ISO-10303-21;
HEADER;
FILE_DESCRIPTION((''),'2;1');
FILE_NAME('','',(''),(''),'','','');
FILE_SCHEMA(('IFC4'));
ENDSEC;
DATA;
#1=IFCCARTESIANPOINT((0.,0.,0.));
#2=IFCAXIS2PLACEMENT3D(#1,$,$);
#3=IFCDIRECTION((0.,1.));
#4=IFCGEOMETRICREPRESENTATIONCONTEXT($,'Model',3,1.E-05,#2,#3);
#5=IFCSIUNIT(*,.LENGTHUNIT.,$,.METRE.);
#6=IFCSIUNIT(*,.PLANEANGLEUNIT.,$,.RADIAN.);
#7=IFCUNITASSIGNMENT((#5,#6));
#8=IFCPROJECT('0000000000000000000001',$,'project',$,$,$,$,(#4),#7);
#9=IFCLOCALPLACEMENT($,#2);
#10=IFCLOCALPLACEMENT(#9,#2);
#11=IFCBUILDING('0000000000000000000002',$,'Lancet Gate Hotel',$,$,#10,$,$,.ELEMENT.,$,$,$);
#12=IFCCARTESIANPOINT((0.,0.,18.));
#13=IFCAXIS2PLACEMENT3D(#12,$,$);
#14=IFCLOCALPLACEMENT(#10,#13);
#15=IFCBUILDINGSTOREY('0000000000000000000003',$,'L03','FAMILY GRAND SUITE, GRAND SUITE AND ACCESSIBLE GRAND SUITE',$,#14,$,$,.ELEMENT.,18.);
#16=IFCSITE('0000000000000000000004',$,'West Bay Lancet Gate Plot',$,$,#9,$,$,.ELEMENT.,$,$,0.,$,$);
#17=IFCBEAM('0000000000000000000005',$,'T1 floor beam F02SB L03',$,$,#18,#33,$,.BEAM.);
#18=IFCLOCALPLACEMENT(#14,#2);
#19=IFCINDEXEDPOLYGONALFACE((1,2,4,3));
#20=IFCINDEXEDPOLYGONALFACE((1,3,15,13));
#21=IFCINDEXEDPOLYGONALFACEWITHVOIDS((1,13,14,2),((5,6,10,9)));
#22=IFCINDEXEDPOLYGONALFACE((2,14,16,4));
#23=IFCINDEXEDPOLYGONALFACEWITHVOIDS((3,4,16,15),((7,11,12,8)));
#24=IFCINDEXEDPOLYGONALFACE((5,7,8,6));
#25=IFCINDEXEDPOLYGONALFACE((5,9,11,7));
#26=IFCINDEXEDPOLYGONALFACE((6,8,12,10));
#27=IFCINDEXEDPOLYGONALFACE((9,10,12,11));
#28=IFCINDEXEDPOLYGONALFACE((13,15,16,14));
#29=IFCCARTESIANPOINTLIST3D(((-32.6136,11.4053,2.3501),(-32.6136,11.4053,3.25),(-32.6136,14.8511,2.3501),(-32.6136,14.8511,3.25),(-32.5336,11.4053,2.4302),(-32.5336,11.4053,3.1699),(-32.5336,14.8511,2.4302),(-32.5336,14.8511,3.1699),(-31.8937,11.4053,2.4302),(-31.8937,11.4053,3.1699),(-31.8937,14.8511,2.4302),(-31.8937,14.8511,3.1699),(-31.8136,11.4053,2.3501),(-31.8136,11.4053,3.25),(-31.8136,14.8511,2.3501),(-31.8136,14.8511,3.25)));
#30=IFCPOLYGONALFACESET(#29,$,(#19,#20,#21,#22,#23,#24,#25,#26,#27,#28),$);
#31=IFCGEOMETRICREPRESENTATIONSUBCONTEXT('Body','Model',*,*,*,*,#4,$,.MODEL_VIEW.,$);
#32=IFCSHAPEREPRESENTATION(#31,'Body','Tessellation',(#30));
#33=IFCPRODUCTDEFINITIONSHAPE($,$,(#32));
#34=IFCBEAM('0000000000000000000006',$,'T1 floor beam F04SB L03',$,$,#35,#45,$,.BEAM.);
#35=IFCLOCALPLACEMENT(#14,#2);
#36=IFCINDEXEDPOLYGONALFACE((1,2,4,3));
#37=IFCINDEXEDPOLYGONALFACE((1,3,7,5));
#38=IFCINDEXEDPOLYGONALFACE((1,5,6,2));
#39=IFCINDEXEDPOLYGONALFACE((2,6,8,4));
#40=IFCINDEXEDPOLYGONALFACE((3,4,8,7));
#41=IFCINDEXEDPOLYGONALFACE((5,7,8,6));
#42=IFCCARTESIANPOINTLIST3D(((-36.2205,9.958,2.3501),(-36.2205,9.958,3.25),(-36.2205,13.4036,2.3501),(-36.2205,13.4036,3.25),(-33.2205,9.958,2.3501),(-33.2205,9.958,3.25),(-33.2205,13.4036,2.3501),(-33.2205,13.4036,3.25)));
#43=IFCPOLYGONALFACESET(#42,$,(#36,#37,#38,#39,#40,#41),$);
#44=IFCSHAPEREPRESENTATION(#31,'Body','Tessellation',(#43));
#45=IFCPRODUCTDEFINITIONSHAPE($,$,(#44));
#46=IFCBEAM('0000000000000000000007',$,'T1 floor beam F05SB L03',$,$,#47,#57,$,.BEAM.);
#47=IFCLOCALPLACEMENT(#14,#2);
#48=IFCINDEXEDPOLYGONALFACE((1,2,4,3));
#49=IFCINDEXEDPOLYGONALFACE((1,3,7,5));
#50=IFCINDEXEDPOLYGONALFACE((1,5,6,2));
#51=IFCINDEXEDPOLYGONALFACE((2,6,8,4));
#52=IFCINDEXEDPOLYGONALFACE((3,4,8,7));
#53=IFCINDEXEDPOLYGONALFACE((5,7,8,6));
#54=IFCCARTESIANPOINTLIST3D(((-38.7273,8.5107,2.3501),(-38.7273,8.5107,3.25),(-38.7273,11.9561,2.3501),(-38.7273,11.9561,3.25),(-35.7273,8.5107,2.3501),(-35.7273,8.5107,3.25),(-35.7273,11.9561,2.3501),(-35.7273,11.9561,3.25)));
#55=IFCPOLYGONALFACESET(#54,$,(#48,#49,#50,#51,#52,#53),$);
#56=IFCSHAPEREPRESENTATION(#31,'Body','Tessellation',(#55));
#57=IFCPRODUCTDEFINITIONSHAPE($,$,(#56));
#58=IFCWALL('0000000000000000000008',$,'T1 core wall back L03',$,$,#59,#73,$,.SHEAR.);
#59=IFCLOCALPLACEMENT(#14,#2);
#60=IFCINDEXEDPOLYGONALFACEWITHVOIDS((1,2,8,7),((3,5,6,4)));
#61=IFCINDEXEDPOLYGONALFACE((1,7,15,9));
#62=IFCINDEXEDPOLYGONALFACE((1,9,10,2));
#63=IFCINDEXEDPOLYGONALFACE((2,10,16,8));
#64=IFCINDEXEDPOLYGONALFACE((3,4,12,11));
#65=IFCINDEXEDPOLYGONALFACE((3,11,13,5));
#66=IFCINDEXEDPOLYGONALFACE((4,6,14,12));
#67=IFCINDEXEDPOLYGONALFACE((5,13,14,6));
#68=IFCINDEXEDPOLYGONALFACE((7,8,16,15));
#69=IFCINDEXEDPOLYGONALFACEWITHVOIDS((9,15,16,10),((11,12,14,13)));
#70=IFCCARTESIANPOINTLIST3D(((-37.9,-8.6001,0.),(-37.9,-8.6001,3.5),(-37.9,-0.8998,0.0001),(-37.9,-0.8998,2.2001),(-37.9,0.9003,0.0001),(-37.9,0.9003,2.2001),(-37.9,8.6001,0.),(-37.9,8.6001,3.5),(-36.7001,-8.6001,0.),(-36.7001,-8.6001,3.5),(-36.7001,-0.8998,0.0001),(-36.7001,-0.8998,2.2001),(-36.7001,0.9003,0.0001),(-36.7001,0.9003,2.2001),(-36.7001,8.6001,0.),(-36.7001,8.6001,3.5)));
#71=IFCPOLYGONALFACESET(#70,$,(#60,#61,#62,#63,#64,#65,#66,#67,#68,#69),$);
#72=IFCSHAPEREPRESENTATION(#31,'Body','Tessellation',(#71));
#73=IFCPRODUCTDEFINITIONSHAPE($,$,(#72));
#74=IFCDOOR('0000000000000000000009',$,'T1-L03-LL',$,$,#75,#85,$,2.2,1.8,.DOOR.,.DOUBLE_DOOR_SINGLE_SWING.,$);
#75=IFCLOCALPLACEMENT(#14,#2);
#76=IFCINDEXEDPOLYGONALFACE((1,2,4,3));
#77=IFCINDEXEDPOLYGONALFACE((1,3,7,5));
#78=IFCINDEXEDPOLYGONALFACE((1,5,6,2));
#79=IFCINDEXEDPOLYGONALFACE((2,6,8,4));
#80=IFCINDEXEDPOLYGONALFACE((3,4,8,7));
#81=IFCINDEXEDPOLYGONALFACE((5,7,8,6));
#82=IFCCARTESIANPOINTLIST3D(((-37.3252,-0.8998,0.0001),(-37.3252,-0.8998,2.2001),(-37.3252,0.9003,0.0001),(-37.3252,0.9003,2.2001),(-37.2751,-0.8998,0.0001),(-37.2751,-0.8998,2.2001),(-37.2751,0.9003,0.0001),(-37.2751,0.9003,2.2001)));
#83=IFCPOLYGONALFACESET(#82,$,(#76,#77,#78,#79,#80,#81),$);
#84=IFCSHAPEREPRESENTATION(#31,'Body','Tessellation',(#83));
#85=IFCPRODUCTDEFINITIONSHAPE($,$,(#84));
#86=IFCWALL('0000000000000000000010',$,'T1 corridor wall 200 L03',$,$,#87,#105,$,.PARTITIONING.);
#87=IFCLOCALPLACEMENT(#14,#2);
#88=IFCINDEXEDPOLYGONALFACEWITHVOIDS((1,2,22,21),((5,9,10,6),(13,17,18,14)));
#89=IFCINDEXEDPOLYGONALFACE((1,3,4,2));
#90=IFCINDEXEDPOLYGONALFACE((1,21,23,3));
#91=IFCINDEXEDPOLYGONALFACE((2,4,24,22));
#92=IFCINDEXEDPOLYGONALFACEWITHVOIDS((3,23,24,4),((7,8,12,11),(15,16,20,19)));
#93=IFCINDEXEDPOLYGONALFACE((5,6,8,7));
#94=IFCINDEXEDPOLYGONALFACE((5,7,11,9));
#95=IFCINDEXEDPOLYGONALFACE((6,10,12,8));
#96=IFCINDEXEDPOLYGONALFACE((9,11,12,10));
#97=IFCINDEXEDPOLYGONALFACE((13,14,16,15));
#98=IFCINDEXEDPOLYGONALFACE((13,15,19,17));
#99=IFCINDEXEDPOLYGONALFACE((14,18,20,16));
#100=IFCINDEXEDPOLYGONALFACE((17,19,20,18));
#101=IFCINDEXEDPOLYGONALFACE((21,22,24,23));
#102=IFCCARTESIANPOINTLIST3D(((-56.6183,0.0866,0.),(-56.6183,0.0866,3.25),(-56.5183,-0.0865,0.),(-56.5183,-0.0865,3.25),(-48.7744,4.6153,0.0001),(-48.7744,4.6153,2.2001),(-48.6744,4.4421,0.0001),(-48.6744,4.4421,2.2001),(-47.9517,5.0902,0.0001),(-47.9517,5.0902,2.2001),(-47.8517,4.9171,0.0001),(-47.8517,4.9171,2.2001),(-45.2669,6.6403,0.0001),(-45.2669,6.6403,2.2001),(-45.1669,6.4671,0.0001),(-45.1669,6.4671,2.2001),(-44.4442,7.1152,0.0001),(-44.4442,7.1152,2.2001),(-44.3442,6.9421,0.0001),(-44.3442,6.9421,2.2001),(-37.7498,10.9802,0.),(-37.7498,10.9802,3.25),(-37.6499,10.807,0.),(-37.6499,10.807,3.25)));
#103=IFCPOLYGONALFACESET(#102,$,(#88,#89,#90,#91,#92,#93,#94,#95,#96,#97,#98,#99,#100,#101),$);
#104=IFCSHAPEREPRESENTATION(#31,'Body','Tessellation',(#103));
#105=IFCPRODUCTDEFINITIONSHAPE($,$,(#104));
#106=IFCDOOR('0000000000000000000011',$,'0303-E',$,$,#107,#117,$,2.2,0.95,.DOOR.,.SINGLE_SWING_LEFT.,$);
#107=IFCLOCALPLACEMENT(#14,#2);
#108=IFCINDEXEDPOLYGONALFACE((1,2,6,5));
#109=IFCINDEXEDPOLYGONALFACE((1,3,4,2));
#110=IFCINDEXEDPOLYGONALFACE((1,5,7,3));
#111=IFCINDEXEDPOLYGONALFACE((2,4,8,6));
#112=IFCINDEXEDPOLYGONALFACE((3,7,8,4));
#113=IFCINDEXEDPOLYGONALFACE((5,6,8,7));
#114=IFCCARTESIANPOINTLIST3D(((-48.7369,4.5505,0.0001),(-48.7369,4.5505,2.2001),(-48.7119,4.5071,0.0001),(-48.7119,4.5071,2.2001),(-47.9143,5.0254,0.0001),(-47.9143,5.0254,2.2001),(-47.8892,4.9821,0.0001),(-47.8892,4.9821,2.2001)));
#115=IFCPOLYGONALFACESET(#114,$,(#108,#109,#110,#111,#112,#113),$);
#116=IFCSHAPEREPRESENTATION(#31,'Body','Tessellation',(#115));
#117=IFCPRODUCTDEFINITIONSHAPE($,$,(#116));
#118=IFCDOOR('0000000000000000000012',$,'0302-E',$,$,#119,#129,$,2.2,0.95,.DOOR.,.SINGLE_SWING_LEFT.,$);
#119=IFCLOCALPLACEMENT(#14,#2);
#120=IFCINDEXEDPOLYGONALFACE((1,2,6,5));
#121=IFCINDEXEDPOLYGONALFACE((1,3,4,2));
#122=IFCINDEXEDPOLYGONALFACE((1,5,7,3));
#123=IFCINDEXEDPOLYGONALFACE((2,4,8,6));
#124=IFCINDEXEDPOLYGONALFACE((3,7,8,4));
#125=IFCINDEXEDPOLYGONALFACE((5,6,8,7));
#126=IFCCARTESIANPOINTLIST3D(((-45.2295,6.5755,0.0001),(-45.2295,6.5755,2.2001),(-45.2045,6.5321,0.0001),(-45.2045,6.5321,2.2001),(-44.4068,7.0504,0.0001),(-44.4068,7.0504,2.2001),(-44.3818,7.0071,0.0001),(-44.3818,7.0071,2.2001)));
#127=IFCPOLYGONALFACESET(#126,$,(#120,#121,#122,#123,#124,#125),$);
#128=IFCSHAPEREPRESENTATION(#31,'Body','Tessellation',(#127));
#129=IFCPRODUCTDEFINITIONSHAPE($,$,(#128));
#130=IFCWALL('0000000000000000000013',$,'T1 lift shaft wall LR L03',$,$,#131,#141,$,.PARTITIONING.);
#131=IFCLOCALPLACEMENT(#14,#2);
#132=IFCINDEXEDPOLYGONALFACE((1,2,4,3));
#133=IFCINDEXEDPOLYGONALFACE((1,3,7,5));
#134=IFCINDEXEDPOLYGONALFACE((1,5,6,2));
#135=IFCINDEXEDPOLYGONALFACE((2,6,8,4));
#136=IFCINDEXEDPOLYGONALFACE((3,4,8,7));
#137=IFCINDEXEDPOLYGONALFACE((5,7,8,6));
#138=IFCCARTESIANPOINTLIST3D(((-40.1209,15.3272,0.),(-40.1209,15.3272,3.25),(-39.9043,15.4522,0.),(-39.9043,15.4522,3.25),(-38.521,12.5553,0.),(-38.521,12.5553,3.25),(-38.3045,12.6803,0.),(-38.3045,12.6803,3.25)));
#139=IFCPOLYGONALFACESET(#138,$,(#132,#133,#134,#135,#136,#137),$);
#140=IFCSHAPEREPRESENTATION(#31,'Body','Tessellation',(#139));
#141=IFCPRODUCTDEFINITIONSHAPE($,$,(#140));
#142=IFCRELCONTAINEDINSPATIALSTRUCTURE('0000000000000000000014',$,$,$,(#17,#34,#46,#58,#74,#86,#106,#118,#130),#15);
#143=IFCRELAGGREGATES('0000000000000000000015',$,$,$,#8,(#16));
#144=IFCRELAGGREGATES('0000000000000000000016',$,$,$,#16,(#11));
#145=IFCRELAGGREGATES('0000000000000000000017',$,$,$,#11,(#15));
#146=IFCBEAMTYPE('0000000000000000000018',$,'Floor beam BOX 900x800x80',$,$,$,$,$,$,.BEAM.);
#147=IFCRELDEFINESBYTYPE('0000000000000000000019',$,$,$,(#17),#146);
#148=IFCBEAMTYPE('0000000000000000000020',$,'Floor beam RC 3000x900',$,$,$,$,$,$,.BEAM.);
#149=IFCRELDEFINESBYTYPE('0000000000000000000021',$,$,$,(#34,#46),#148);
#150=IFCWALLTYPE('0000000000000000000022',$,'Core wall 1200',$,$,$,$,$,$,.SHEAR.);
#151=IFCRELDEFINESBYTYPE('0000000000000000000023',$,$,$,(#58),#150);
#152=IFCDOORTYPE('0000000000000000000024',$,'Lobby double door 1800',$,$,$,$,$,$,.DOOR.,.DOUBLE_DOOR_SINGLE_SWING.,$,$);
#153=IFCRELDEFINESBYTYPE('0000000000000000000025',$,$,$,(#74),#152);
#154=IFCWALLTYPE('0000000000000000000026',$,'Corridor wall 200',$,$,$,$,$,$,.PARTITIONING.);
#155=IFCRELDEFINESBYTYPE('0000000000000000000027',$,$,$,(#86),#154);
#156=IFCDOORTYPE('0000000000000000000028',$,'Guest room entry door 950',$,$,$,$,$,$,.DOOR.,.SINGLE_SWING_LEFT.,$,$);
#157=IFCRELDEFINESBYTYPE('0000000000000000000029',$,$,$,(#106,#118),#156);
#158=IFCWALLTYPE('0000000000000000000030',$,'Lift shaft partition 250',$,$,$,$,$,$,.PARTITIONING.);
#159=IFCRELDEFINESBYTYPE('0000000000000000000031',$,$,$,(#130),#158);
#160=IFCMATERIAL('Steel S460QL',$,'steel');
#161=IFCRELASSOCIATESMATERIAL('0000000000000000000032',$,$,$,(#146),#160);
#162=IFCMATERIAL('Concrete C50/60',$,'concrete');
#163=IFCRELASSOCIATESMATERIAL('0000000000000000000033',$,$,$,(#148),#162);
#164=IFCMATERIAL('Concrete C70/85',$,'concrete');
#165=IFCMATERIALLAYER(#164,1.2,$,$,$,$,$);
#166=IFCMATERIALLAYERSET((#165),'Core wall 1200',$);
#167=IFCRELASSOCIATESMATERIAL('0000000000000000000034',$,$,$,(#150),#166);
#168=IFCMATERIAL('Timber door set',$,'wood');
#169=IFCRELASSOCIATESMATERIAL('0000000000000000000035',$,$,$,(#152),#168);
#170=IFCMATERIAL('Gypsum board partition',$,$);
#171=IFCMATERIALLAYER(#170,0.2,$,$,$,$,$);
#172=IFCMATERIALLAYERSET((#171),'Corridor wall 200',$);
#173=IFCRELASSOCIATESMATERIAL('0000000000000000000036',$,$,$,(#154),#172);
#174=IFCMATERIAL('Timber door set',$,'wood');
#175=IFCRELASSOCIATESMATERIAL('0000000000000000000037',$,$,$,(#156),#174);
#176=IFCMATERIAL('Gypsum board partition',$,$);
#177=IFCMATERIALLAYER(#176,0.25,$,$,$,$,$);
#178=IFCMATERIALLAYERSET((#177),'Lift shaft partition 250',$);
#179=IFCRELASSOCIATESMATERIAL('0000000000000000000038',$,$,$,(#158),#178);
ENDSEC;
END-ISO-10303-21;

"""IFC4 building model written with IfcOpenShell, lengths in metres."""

from ifc_helpers import new_model, si_unit, direction, frame, frame_2d, origin, origin_2d, place, context, subcontext, project, spatial, rectangle, hollow_rectangle, extrude, material, layer, layer_set, material_profile, profile_set, type_object, element, fill, save


model = new_model("IFC4")

# Units and contexts
model_context = context("Model", 3, precision=1e-05, world=origin(), true_north=direction((0.0, 1.0)))
body_context = subcontext(model_context, "Body", "Model", "MODEL_VIEW")
ifc_project = project(units=[si_unit("LENGTHUNIT", "METRE"), si_unit("PLANEANGLEUNIT", "RADIAN")], contexts=[model_context])

# Site, building, storey
site_placement = place(None, origin())
site = spatial("IfcSite", under=ifc_project, at=site_placement, Name="West Bay Lancet Gate Plot", CompositionType="ELEMENT", RefElevation=0.0)
building_placement = place(site_placement, origin())
building = spatial("IfcBuilding", under=site, at=building_placement, Name="Lancet Gate Hotel", CompositionType="ELEMENT")
storey_placement = place(building_placement, frame((0.0, 0.0, 18.0)))
storey = spatial("IfcBuildingStorey", under=building, at=storey_placement, Name="L03", Description="FAMILY GRAND SUITE, GRAND SUITE AND ACCESSIBLE GRAND SUITE", CompositionType="ELEMENT", Elevation=18.0)

# Beams
ifc_material_1 = material(Name="Steel S460QL", Category="steel")
ifc_material_profile_1 = material_profile(ifc_material_1, hollow_rectangle(XDim=0.8, YDim=0.8999, WallThickness=0.0801, at=origin_2d()), Name="BOX 900x800x80")
ifc_profile_set_1 = profile_set([ifc_material_profile_1], Name="Steel S460QL")
beam_type_1 = type_object("IfcBeamType", Name="Floor beam BOX 900x800x80", PredefinedType="BEAM", material=ifc_profile_set_1)
beam_1_placement = place(storey_placement, frame((-32.2136, 14.8511, 2.8), z_axis=(0.0, -1.0, 0.0), x_axis=(1.0, 0.0, 0.0)))
element("IfcBeam", 1, at=beam_1_placement, inside=storey, type_object=beam_type_1, Name="T1 floor beam F02SB L03", PredefinedType="BEAM", context=body_context, shape_type="SweptSolid", body=[
    extrude(hollow_rectangle(XDim=0.8, YDim=0.8999, WallThickness=0.0801, at=origin_2d()), origin(), (0.0, 0.0, 1.0), 3.4458),
])
ifc_material_2 = material(Name="Concrete C50/60", Category="concrete")
ifc_material_profile_2 = material_profile(ifc_material_2, rectangle(XDim=3.0, YDim=0.8999, at=origin_2d()), Name="RC 3000x900")
ifc_profile_set_2 = profile_set([ifc_material_profile_2], Name="Concrete C50/60")
beam_type_2 = type_object("IfcBeamType", Name="Floor beam RC 3000x900", PredefinedType="BEAM", material=ifc_profile_set_2)
beam_2_placement = place(storey_placement, frame((-34.7205, 13.4036, 2.8), z_axis=(0.0, -1.0, 0.0), x_axis=(1.0, 0.0, 0.0)))
element("IfcBeam", 2, at=beam_2_placement, inside=storey, type_object=beam_type_2, Name="T1 floor beam F04SB L03", PredefinedType="BEAM", context=body_context, shape_type="SweptSolid", body=[
    extrude(rectangle(XDim=3.0, YDim=0.8999, at=origin_2d()), origin(), (0.0, 0.0, 1.0), 3.4456),
])
beam_3_placement = place(storey_placement, frame((-37.2273, 11.9561, 2.8), z_axis=(0.0, -1.0, 0.0), x_axis=(1.0, 0.0, 0.0)))
element("IfcBeam", 3, at=beam_3_placement, inside=storey, type_object=beam_type_2, Name="T1 floor beam F05SB L03", PredefinedType="BEAM", context=body_context, shape_type="SweptSolid", body=[
    extrude(rectangle(XDim=3.0, YDim=0.8999, at=origin_2d()), origin(), (0.0, 0.0, 1.0), 3.4453),
])

# Wall, opening, door
ifc_material_3 = material(Name="Concrete C70/85", Category="concrete")
ifc_layer_1 = layer(ifc_material_3, 1.2)
ifc_layer_set_1 = layer_set([ifc_layer_1], Name="Core wall 1200")
wall_type_1 = type_object("IfcWallType", Name="Core wall 1200", PredefinedType="SHEAR", material=ifc_layer_set_1)
wall_1_placement = place(storey_placement, frame((-37.3, 8.6001, 0.0), z_axis=(0.0, 0.0, 1.0), x_axis=(0.0, -1.0, 0.0)))
wall_1 = element("IfcWall", 4, at=wall_1_placement, inside=storey, type_object=wall_type_1, Name="T1 core wall back L03", PredefinedType="SHEAR", context=body_context, shape_type="SweptSolid", body=[
    extrude(rectangle(XDim=17.2002, YDim=1.2, at=frame_2d((8.6001, 0.0))), origin(), (0.0, 0.0, 1.0), 3.5),
])
opening_1_placement = place(wall_1_placement, frame((7.7, 0.0, 0.0)))
opening_1 = element("IfcOpeningElement", 5, at=opening_1_placement, cuts=wall_1, PredefinedType="OPENING", context=body_context, shape_type="SweptSolid", body=[
    extrude(rectangle(XDim=1.8, YDim=2.2, at=frame_2d((0.8999, 1.1001))), frame((0.0, 0.6099, 0.0), z_axis=(0.0, -1.0, 0.0), x_axis=(1.0, 0.0, 0.0)), (0.0, 0.0, 1.0), 1.22),
])
ifc_material_4 = material(Name="Timber door set", Category="wood")
door_type_1 = type_object("IfcDoorType", Name="Lobby double door 1800", OperationType="DOUBLE_DOOR_SINGLE_SWING", PredefinedType="DOOR", material=ifc_material_4)
door_1_placement = place(opening_1_placement, origin())
door_1 = element("IfcDoor", 6, at=door_1_placement, inside=storey, type_object=door_type_1, Name="T1-L03-LL", OperationType="DOUBLE_DOOR_SINGLE_SWING", OverallHeight=2.2, OverallWidth=1.8, PredefinedType="DOOR", context=body_context, shape_type="SweptSolid", body=[
    extrude(rectangle(XDim=1.8, YDim=2.2, at=frame_2d((0.8999, 1.1001))), frame((0.0, 0.0249, 0.0), z_axis=(0.0, -1.0, 0.0), x_axis=(1.0, 0.0, 0.0)), (0.0, 0.0, 1.0), 0.05),
])
fill(opening_1, door_1)

# Wall, openings, doors
ifc_material_5 = material(Name="Gypsum board partition")
ifc_layer_2 = layer(ifc_material_5, 0.2)
ifc_layer_set_2 = layer_set([ifc_layer_2], Name="Corridor wall 200")
wall_type_2 = type_object("IfcWallType", Name="Corridor wall 200", PredefinedType="PARTITIONING", material=ifc_layer_set_2)
wall_2_placement = place(storey_placement, frame((-37.7, 10.8936, 0.0), z_axis=(0.0, 0.0, 1.0), x_axis=(-0.866028, -0.499996, 0.0)))
wall_2 = element("IfcWall", 7, at=wall_2_placement, inside=storey, type_object=wall_type_2, Name="T1 corridor wall 200 L03", PredefinedType="PARTITIONING", context=body_context, shape_type="SweptSolid", body=[
    extrude(rectangle(XDim=21.7874, YDim=0.2, at=frame_2d((10.8936, 0.0))), origin(), (0.0, 0.0, 1.0), 3.25),
])
opening_2_placement = place(wall_2_placement, frame((11.7798, 0.0, 0.0)))
opening_2 = element("IfcOpeningElement", 8, at=opening_2_placement, cuts=wall_2, PredefinedType="OPENING", context=body_context, shape_type="SweptSolid", body=[
    extrude(rectangle(XDim=0.95, YDim=2.2, at=frame_2d((0.4751, 1.1001))), frame((0.0, 0.1099, 0.0), z_axis=(0.0, -1.0, 0.0), x_axis=(1.0, 0.0, 0.0)), (0.0, 0.0, 1.0), 0.22),
])
opening_3_placement = place(wall_2_placement, frame((7.7297, 0.0, 0.0)))
opening_3 = element("IfcOpeningElement", 9, at=opening_3_placement, cuts=wall_2, PredefinedType="OPENING", context=body_context, shape_type="SweptSolid", body=[
    extrude(rectangle(XDim=0.95, YDim=2.2, at=frame_2d((0.4751, 1.1001))), frame((0.0, 0.1099, 0.0), z_axis=(0.0, -1.0, 0.0), x_axis=(1.0, 0.0, 0.0)), (0.0, 0.0, 1.0), 0.22),
])
ifc_material_6 = material(Name="Timber door set", Category="wood")
door_type_2 = type_object("IfcDoorType", Name="Guest room entry door 950", OperationType="SINGLE_SWING_LEFT", PredefinedType="DOOR", material=ifc_material_6)
door_2_placement = place(opening_2_placement, origin())
door_2 = element("IfcDoor", 10, at=door_2_placement, inside=storey, type_object=door_type_2, Name="0303-E", OperationType="SINGLE_SWING_LEFT", OverallHeight=2.2, OverallWidth=0.95, PredefinedType="DOOR", context=body_context, shape_type="SweptSolid", body=[
    extrude(rectangle(XDim=0.95, YDim=2.2, at=frame_2d((0.4751, 1.1001))), frame((0.0, 0.0249, 0.0), z_axis=(0.0, -1.0, 0.0), x_axis=(1.0, 0.0, 0.0)), (0.0, 0.0, 1.0), 0.05),
])
fill(opening_2, door_2)
door_3_placement = place(opening_3_placement, origin())
door_3 = element("IfcDoor", 11, at=door_3_placement, inside=storey, type_object=door_type_2, Name="0302-E", OperationType="SINGLE_SWING_LEFT", OverallHeight=2.2, OverallWidth=0.95, PredefinedType="DOOR", context=body_context, shape_type="SweptSolid", body=[
    extrude(rectangle(XDim=0.95, YDim=2.2, at=frame_2d((0.4751, 1.1001))), frame((0.0, 0.0249, 0.0), z_axis=(0.0, -1.0, 0.0), x_axis=(1.0, 0.0, 0.0)), (0.0, 0.0, 1.0), 0.05),
])
fill(opening_3, door_3)

# Wall
ifc_material_7 = material(Name="Gypsum board partition")
ifc_layer_3 = layer(ifc_material_7, 0.25)
ifc_layer_set_3 = layer_set([ifc_layer_3], Name="Lift shaft partition 250")
wall_type_3 = type_object("IfcWallType", Name="Lift shaft partition 250", PredefinedType="PARTITIONING", material=ifc_layer_set_3)
wall_3_placement = place(storey_placement, frame((-38.4128, 12.6179, 0.0), z_axis=(0.0, 0.0, 1.0), x_axis=(-0.499872, 0.866099, 0.0)))
element("IfcWall", 12, at=wall_3_placement, inside=storey, type_object=wall_type_3, Name="T1 lift shaft wall LR L03", PredefinedType="PARTITIONING", context=body_context, shape_type="SweptSolid", body=[
    extrude(rectangle(XDim=3.2004, YDim=0.25, at=frame_2d((1.6001, 0.0))), origin(), (0.0, 0.0, 1.0), 3.25),
])

save(model, "model.ifc")
